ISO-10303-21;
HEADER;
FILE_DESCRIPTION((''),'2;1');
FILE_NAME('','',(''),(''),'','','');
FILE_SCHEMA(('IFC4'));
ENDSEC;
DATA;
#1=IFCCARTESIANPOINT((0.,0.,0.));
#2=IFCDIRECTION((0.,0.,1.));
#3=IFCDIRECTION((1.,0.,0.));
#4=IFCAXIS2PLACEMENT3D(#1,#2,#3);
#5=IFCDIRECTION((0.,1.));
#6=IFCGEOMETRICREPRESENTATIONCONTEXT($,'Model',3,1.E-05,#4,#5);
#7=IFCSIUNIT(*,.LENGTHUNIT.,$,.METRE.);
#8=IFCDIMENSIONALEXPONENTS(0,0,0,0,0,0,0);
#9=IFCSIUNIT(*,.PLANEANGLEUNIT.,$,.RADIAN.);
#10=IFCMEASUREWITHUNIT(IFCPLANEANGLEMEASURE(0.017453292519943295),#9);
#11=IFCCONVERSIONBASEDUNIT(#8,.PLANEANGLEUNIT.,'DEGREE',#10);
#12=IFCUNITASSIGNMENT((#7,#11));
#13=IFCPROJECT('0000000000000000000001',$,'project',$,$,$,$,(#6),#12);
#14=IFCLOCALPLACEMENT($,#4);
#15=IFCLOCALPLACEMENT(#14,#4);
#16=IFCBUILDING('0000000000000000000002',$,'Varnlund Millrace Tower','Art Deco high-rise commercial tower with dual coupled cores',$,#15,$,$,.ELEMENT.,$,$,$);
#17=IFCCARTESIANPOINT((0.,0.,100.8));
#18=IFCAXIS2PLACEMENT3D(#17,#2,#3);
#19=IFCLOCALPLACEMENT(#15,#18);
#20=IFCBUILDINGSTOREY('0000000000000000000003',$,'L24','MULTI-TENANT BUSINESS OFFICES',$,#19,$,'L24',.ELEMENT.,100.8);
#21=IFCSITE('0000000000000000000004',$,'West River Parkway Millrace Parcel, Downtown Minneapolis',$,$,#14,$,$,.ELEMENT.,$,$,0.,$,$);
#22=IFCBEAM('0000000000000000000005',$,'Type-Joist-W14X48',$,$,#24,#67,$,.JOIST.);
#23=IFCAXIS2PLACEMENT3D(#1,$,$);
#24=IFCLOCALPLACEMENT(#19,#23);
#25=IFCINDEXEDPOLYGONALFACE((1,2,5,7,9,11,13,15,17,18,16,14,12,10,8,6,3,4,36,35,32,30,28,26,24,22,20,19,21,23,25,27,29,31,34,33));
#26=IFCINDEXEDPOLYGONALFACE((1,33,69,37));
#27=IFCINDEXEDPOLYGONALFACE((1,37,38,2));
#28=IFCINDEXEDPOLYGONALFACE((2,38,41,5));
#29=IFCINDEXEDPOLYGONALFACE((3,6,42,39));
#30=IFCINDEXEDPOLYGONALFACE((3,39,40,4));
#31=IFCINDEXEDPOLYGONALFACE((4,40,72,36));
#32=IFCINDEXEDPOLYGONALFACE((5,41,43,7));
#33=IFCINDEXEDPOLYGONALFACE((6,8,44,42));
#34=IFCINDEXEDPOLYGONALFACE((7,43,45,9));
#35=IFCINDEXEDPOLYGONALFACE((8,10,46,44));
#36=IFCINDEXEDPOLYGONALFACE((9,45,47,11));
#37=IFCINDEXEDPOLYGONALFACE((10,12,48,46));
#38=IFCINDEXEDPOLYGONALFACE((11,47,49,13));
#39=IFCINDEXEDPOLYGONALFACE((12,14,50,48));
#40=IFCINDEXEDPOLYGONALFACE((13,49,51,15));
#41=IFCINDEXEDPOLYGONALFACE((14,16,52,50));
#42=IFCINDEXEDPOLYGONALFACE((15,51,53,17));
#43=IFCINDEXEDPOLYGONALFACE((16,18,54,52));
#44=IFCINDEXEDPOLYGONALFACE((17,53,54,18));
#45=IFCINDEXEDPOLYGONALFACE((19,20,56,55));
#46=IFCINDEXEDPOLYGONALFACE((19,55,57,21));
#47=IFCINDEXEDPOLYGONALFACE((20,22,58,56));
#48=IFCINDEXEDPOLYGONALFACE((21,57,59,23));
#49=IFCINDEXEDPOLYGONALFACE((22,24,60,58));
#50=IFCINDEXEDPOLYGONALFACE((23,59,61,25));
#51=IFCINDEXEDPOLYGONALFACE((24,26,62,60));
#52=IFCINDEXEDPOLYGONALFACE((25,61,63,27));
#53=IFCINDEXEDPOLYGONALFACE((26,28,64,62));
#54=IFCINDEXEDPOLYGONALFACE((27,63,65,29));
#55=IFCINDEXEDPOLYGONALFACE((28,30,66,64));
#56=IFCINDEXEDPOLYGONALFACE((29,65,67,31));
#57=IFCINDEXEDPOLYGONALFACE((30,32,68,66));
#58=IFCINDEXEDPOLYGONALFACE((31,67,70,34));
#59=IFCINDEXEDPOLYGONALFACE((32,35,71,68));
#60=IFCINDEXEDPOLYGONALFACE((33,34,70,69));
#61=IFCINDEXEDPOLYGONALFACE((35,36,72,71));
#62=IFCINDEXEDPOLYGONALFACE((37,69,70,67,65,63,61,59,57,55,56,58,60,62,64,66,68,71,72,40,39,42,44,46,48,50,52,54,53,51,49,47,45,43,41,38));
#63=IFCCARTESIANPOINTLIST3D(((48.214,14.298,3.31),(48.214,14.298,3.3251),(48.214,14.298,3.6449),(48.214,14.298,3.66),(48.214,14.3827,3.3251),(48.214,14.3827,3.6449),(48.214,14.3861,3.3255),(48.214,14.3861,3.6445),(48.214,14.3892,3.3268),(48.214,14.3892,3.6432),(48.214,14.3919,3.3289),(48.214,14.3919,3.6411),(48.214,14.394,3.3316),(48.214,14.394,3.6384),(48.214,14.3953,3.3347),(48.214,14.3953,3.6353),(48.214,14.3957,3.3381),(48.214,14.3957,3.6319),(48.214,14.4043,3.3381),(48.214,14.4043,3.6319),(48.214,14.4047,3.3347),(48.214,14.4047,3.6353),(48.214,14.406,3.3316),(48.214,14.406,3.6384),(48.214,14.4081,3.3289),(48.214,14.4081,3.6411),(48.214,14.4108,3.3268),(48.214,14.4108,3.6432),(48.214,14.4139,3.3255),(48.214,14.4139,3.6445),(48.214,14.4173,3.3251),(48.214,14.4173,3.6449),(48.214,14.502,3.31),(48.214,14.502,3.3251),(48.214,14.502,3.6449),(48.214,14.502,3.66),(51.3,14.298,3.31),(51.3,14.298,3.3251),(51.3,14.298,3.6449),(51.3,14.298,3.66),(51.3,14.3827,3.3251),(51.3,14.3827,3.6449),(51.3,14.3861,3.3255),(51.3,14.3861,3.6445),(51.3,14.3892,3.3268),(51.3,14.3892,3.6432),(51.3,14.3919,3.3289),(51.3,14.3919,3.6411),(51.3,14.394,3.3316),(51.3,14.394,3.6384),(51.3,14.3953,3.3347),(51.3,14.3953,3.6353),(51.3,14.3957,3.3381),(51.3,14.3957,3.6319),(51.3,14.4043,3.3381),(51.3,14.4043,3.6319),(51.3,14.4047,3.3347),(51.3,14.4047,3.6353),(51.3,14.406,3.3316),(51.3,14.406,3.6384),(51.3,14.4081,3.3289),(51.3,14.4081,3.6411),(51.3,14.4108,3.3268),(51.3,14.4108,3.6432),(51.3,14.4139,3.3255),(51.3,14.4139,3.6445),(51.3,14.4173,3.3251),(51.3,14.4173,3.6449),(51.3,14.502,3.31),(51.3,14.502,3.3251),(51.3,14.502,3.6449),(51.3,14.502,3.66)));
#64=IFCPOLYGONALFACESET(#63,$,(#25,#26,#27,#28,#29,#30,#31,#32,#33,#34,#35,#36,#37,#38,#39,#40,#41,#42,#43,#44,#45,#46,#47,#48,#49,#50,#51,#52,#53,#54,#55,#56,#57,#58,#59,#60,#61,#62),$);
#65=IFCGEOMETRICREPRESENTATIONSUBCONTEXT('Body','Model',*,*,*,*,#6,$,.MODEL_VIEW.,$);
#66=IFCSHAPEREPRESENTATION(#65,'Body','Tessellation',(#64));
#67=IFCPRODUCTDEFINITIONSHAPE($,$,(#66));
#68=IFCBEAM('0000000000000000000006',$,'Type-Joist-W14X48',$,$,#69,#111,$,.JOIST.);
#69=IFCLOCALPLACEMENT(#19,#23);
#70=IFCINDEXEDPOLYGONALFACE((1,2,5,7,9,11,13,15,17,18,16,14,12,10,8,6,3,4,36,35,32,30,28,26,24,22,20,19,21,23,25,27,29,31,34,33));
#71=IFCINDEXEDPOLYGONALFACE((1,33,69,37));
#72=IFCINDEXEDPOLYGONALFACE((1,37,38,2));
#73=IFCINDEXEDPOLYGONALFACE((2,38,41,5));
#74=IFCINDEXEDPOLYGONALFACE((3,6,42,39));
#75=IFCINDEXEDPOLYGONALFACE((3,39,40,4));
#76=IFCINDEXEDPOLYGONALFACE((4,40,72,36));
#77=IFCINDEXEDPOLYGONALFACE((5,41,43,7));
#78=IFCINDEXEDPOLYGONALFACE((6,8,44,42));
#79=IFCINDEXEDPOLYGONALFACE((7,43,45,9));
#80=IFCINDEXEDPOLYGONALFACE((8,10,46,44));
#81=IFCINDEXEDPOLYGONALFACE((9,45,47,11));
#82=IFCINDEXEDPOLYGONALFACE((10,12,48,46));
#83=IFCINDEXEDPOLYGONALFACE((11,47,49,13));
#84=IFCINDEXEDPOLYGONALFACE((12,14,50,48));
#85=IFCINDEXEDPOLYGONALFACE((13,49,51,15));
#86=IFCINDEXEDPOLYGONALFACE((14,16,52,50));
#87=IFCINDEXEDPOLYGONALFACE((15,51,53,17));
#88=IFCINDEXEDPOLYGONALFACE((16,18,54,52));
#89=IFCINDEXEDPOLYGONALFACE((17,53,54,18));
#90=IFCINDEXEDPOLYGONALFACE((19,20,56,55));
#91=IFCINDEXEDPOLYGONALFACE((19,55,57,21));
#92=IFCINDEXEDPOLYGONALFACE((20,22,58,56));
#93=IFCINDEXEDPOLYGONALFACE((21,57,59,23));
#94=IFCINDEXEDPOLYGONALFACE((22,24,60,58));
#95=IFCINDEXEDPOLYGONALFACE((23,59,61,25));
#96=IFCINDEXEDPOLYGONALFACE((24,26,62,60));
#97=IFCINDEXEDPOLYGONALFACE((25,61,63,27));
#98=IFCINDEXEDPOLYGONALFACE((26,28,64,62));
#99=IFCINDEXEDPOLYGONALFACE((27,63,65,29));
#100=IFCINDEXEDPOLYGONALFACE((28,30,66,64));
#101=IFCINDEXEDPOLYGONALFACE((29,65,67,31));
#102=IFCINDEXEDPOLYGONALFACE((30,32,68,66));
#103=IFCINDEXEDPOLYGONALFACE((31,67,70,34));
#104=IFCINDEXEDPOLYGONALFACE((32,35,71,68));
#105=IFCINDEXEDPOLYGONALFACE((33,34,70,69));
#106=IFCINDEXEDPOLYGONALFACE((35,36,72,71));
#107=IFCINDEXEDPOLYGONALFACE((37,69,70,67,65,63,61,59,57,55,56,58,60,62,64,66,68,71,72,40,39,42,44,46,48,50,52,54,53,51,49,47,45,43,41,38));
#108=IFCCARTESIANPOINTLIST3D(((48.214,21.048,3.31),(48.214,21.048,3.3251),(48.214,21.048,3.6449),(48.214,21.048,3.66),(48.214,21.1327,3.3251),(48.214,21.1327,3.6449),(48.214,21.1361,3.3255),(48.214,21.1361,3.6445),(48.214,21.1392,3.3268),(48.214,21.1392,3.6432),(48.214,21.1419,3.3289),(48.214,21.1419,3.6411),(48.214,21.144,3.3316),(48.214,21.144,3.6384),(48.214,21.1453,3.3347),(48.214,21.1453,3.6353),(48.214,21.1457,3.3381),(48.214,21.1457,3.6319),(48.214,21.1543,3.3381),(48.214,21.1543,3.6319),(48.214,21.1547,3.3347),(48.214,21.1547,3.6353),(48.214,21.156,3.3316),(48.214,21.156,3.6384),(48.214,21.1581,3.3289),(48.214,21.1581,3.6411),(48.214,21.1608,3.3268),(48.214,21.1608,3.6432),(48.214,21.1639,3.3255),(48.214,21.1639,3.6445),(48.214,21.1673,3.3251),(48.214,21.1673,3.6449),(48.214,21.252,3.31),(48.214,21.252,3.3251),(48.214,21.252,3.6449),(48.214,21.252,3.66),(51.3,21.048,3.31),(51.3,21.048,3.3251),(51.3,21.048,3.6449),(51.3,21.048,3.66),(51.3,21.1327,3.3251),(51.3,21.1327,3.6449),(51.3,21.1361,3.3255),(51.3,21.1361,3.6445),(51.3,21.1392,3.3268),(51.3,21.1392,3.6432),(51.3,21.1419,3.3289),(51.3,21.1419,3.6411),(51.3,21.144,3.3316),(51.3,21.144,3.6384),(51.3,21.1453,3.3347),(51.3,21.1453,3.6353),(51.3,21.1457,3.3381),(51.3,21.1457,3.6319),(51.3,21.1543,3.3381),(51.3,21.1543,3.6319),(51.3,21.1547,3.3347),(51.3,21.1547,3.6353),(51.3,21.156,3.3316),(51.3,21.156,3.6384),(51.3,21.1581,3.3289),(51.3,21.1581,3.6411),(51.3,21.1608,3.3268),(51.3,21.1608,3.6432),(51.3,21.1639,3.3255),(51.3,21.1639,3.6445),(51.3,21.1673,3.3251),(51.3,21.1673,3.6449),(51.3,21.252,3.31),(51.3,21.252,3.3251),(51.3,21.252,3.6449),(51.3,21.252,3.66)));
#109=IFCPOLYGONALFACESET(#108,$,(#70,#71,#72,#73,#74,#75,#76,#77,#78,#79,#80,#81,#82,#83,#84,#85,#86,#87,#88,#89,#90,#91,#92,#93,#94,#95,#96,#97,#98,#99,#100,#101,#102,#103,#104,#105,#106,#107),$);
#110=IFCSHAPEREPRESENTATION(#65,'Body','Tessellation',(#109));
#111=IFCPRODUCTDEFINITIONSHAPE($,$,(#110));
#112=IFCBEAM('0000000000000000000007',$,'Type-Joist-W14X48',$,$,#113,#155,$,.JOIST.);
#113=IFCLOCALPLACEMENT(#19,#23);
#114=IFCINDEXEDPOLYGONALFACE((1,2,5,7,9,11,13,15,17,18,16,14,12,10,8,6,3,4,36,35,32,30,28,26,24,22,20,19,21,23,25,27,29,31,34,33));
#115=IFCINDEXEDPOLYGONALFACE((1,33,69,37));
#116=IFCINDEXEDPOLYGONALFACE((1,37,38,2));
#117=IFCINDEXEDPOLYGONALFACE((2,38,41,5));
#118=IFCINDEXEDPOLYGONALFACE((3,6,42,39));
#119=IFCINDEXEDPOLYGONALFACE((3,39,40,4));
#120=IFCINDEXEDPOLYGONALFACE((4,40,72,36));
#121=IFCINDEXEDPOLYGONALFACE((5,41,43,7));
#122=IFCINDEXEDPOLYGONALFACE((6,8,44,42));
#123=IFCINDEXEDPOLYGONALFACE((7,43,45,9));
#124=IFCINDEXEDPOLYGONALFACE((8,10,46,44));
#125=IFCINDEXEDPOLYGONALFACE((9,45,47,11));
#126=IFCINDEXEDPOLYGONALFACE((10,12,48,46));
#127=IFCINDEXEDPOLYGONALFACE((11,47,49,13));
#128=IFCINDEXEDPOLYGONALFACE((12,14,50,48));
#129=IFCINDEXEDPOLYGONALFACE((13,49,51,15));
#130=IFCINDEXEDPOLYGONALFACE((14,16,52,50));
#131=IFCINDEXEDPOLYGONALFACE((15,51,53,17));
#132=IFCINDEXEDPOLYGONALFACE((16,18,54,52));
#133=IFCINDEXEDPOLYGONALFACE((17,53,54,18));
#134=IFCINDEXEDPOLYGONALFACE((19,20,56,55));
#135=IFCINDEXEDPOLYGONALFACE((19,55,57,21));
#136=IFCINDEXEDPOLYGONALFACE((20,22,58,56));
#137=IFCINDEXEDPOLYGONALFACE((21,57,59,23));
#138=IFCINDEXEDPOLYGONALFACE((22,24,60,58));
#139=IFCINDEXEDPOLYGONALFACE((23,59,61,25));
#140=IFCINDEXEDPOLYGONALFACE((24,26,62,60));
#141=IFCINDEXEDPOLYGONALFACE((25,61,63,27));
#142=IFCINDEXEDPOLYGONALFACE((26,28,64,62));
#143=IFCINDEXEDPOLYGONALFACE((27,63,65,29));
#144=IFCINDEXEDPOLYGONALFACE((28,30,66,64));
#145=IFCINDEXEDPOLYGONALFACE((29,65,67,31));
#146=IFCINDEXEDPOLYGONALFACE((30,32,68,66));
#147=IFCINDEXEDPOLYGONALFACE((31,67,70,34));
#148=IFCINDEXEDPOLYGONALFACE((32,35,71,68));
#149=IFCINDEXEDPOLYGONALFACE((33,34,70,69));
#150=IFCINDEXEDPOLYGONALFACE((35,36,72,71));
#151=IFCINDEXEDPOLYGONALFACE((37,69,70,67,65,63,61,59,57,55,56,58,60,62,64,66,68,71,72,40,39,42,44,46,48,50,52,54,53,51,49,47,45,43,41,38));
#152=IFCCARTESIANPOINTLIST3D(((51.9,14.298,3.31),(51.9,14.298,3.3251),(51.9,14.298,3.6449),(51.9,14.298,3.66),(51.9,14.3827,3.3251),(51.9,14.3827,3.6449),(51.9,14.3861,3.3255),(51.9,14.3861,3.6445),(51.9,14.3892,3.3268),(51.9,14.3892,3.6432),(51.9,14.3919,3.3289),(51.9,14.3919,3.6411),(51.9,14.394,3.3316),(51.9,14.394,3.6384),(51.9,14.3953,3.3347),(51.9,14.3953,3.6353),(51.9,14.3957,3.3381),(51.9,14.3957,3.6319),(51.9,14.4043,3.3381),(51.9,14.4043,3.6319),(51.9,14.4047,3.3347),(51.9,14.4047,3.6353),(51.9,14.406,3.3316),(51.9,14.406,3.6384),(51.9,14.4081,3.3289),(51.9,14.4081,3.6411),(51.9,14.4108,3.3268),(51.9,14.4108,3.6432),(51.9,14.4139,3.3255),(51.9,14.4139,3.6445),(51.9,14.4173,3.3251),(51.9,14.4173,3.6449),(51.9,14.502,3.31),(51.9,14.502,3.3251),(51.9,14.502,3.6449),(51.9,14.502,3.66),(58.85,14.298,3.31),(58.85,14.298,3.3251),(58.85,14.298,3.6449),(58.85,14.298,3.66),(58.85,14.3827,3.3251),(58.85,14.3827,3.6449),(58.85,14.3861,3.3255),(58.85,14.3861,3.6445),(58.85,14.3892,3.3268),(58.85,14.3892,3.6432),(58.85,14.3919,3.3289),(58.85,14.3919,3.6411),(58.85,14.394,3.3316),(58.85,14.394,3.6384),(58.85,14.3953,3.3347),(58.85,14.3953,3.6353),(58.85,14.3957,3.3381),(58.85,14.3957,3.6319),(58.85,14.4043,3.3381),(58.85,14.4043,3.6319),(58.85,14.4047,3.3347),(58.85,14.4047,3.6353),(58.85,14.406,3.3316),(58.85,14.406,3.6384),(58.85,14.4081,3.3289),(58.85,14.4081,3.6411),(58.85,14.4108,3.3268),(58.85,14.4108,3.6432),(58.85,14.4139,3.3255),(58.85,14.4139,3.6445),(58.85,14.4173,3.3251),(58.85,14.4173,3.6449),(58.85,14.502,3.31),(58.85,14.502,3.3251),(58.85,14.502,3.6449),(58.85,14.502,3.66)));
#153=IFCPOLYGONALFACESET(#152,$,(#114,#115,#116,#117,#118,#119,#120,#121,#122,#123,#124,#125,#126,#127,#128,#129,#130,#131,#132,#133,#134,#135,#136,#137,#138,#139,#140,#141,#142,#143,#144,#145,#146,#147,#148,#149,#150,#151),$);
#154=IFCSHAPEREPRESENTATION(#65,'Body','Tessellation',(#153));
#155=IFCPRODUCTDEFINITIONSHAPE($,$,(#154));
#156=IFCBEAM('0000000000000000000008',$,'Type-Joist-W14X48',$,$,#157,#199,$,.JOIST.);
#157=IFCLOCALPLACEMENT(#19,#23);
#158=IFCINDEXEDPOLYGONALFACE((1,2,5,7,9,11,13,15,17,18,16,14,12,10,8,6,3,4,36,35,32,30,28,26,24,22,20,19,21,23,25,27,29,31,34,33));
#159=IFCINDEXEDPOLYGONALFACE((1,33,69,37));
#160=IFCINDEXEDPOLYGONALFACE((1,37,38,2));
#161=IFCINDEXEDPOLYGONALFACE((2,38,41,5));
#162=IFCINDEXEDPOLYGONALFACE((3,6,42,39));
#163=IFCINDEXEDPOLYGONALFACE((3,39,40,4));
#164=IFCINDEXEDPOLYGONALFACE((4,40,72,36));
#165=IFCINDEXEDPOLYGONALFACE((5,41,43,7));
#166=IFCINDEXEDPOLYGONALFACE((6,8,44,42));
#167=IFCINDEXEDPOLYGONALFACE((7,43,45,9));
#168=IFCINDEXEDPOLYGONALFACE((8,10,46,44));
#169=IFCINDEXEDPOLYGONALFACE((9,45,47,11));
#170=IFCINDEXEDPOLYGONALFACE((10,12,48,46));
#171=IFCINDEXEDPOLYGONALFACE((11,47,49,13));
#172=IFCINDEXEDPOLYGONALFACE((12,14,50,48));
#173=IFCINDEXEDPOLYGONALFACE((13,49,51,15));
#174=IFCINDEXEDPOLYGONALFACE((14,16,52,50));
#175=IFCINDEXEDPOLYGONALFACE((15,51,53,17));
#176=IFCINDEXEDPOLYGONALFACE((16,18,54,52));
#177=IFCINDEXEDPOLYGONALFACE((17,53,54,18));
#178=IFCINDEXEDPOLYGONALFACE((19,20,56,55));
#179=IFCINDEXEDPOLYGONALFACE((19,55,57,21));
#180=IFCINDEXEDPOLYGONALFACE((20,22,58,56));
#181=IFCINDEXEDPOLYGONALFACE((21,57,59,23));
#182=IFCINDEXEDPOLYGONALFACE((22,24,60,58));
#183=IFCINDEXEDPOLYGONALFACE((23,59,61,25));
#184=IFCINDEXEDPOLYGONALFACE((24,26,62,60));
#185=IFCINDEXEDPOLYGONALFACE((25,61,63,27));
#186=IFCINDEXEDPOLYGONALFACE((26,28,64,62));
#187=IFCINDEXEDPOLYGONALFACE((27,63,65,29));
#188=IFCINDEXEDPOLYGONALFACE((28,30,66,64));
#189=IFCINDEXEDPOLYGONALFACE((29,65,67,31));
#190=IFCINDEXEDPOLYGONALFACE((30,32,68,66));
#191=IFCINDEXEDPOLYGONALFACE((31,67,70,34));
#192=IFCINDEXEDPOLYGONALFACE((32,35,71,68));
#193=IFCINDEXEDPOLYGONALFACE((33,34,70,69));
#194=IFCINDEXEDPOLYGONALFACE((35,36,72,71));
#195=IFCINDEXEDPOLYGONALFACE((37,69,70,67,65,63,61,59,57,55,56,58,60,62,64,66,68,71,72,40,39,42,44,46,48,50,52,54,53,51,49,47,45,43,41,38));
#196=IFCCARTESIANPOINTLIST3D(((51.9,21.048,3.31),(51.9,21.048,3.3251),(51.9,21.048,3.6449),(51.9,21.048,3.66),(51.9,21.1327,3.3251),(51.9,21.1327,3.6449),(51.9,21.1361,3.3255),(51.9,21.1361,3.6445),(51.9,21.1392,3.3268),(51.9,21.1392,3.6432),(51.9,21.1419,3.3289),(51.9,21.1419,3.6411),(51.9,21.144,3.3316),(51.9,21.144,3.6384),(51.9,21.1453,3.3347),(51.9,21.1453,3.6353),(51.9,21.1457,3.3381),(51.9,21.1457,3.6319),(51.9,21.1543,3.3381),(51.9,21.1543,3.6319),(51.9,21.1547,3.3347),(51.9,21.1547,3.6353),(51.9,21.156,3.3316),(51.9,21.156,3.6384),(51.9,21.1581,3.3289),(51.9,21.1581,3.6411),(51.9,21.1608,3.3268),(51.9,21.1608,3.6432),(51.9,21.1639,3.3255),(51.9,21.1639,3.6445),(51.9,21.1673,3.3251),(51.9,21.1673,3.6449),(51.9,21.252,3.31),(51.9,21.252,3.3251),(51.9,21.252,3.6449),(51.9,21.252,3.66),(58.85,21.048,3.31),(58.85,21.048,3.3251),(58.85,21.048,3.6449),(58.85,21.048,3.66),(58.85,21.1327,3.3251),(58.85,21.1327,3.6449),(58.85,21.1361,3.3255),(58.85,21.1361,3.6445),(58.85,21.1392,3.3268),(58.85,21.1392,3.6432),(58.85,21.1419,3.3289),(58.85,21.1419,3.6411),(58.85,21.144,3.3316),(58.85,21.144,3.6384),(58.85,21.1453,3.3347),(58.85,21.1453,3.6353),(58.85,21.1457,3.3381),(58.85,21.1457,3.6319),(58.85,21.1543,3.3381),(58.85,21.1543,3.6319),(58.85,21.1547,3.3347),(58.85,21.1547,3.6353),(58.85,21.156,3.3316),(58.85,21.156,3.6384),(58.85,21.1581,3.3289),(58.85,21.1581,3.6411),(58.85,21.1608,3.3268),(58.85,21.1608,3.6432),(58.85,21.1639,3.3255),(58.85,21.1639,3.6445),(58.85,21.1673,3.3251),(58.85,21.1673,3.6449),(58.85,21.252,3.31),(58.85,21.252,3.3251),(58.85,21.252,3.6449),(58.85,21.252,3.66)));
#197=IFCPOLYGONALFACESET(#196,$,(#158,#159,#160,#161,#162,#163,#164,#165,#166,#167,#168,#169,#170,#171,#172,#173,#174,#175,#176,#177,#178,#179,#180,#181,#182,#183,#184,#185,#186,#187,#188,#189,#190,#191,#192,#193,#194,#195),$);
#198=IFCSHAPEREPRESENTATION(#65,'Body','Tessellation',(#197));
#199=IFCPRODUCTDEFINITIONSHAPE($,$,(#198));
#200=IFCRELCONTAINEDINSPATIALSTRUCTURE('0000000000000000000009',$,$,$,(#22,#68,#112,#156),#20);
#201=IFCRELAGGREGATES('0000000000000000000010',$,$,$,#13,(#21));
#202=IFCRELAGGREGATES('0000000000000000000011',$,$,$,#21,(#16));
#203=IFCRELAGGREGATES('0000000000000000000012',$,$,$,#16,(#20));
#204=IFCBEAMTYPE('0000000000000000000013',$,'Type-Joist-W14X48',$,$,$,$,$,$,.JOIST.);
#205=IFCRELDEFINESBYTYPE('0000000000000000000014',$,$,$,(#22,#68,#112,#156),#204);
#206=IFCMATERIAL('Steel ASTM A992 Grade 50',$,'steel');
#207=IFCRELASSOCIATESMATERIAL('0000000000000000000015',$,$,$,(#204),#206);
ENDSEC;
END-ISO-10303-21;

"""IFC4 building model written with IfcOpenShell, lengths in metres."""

from ifc_helpers import new_model, entity, si_unit, converted_unit, direction, frame, origin_with_axes, origin_2d_with_axis, place, context, subcontext, project, spatial, i_section, extrude, material, material_profile, profile_set, type_object, element, save


model = new_model("IFC4")

# Units and contexts
model_context = context("Model", 3, precision=1e-05, world=origin_with_axes(), true_north=direction((0.0, 1.0)))
body_context = subcontext(model_context, "Body", "Model", "MODEL_VIEW")
ifc_project = project(units=[si_unit("LENGTHUNIT", "METRE"), converted_unit("PLANEANGLEUNIT", "DEGREE", entity("IfcPlaneAngleMeasure", 0.017453292519943295), si_unit("PLANEANGLEUNIT", "RADIAN"), dimensions=[0, 0, 0, 0, 0, 0, 0])], contexts=[model_context])

# Site, building, storey
site_placement = place(None, origin_with_axes())
site = spatial("IfcSite", under=ifc_project, at=site_placement, Name="West River Parkway Millrace Parcel, Downtown Minneapolis", CompositionType="ELEMENT", RefElevation=0.0)
building_placement = place(site_placement, origin_with_axes())
building = spatial("IfcBuilding", under=site, at=building_placement, Name="Varnlund Millrace Tower", Description="Art Deco high-rise commercial tower with dual coupled cores", CompositionType="ELEMENT")
storey_placement = place(building_placement, frame((0.0, 0.0, 100.8), z_axis=(0.0, 0.0, 1.0), x_axis=(1.0, 0.0, 0.0)))
storey = spatial("IfcBuildingStorey", under=building, at=storey_placement, Name="L24", Description="MULTI-TENANT BUSINESS OFFICES", LongName="L24", CompositionType="ELEMENT", Elevation=100.8)

# Beams
ifc_material_1 = material(Name="Steel ASTM A992 Grade 50", Category="steel")
ifc_material_profile_1 = material_profile(ifc_material_1, i_section(OverallWidth=0.204, OverallDepth=0.35, WebThickness=0.0086, FlangeThickness=0.0151, FilletRadius=0.013, at=origin_2d_with_axis()), Name="Steel ASTM A992 Grade 50")
ifc_profile_set_1 = profile_set([ifc_material_profile_1], Name="Steel ASTM A992 Grade 50")
beam_type_1 = type_object("IfcBeamType", Name="Type-Joist-W14X48", PredefinedType="JOIST", material=ifc_profile_set_1)
for number, where, z_axis, x_axis, name in (
    (1, (48.214, 14.4, 3.485), (1.0, 0.0, 0.0), (0.0, 1.0, 0.0), "Type-Joist-W14X48"),
    (2, (48.214, 21.15, 3.485), (1.0, 0.0, 0.0), (0.0, 1.0, 0.0), "Type-Joist-W14X48"),
):
    element("IfcBeam", number, at=place(storey_placement, frame(where, z_axis=z_axis, x_axis=x_axis)), inside=storey, type_object=beam_type_1, Name=name, PredefinedType="JOIST", context=body_context, shape_type="SweptSolid", body=[
        extrude(i_section(OverallWidth=0.204, OverallDepth=0.35, WebThickness=0.0086, FlangeThickness=0.0151, FilletRadius=0.013, at=origin_2d_with_axis()), origin_with_axes(), (0.0, 0.0, 1.0), 3.086),
    ])
for number, where, z_axis, x_axis, name in (
    (3, (51.9, 14.4, 3.485), (1.0, 0.0, 0.0), (0.0, 1.0, 0.0), "Type-Joist-W14X48"),
    (4, (51.9, 21.15, 3.485), (1.0, 0.0, 0.0), (0.0, 1.0, 0.0), "Type-Joist-W14X48"),
):
    element("IfcBeam", number, at=place(storey_placement, frame(where, z_axis=z_axis, x_axis=x_axis)), inside=storey, type_object=beam_type_1, Name=name, PredefinedType="JOIST", context=body_context, shape_type="SweptSolid", body=[
        extrude(i_section(OverallWidth=0.204, OverallDepth=0.35, WebThickness=0.0086, FlangeThickness=0.0151, FilletRadius=0.013, at=origin_2d_with_axis()), origin_with_axes(), (0.0, 0.0, 1.0), 6.95),
    ])

save(model, "model.ifc")
